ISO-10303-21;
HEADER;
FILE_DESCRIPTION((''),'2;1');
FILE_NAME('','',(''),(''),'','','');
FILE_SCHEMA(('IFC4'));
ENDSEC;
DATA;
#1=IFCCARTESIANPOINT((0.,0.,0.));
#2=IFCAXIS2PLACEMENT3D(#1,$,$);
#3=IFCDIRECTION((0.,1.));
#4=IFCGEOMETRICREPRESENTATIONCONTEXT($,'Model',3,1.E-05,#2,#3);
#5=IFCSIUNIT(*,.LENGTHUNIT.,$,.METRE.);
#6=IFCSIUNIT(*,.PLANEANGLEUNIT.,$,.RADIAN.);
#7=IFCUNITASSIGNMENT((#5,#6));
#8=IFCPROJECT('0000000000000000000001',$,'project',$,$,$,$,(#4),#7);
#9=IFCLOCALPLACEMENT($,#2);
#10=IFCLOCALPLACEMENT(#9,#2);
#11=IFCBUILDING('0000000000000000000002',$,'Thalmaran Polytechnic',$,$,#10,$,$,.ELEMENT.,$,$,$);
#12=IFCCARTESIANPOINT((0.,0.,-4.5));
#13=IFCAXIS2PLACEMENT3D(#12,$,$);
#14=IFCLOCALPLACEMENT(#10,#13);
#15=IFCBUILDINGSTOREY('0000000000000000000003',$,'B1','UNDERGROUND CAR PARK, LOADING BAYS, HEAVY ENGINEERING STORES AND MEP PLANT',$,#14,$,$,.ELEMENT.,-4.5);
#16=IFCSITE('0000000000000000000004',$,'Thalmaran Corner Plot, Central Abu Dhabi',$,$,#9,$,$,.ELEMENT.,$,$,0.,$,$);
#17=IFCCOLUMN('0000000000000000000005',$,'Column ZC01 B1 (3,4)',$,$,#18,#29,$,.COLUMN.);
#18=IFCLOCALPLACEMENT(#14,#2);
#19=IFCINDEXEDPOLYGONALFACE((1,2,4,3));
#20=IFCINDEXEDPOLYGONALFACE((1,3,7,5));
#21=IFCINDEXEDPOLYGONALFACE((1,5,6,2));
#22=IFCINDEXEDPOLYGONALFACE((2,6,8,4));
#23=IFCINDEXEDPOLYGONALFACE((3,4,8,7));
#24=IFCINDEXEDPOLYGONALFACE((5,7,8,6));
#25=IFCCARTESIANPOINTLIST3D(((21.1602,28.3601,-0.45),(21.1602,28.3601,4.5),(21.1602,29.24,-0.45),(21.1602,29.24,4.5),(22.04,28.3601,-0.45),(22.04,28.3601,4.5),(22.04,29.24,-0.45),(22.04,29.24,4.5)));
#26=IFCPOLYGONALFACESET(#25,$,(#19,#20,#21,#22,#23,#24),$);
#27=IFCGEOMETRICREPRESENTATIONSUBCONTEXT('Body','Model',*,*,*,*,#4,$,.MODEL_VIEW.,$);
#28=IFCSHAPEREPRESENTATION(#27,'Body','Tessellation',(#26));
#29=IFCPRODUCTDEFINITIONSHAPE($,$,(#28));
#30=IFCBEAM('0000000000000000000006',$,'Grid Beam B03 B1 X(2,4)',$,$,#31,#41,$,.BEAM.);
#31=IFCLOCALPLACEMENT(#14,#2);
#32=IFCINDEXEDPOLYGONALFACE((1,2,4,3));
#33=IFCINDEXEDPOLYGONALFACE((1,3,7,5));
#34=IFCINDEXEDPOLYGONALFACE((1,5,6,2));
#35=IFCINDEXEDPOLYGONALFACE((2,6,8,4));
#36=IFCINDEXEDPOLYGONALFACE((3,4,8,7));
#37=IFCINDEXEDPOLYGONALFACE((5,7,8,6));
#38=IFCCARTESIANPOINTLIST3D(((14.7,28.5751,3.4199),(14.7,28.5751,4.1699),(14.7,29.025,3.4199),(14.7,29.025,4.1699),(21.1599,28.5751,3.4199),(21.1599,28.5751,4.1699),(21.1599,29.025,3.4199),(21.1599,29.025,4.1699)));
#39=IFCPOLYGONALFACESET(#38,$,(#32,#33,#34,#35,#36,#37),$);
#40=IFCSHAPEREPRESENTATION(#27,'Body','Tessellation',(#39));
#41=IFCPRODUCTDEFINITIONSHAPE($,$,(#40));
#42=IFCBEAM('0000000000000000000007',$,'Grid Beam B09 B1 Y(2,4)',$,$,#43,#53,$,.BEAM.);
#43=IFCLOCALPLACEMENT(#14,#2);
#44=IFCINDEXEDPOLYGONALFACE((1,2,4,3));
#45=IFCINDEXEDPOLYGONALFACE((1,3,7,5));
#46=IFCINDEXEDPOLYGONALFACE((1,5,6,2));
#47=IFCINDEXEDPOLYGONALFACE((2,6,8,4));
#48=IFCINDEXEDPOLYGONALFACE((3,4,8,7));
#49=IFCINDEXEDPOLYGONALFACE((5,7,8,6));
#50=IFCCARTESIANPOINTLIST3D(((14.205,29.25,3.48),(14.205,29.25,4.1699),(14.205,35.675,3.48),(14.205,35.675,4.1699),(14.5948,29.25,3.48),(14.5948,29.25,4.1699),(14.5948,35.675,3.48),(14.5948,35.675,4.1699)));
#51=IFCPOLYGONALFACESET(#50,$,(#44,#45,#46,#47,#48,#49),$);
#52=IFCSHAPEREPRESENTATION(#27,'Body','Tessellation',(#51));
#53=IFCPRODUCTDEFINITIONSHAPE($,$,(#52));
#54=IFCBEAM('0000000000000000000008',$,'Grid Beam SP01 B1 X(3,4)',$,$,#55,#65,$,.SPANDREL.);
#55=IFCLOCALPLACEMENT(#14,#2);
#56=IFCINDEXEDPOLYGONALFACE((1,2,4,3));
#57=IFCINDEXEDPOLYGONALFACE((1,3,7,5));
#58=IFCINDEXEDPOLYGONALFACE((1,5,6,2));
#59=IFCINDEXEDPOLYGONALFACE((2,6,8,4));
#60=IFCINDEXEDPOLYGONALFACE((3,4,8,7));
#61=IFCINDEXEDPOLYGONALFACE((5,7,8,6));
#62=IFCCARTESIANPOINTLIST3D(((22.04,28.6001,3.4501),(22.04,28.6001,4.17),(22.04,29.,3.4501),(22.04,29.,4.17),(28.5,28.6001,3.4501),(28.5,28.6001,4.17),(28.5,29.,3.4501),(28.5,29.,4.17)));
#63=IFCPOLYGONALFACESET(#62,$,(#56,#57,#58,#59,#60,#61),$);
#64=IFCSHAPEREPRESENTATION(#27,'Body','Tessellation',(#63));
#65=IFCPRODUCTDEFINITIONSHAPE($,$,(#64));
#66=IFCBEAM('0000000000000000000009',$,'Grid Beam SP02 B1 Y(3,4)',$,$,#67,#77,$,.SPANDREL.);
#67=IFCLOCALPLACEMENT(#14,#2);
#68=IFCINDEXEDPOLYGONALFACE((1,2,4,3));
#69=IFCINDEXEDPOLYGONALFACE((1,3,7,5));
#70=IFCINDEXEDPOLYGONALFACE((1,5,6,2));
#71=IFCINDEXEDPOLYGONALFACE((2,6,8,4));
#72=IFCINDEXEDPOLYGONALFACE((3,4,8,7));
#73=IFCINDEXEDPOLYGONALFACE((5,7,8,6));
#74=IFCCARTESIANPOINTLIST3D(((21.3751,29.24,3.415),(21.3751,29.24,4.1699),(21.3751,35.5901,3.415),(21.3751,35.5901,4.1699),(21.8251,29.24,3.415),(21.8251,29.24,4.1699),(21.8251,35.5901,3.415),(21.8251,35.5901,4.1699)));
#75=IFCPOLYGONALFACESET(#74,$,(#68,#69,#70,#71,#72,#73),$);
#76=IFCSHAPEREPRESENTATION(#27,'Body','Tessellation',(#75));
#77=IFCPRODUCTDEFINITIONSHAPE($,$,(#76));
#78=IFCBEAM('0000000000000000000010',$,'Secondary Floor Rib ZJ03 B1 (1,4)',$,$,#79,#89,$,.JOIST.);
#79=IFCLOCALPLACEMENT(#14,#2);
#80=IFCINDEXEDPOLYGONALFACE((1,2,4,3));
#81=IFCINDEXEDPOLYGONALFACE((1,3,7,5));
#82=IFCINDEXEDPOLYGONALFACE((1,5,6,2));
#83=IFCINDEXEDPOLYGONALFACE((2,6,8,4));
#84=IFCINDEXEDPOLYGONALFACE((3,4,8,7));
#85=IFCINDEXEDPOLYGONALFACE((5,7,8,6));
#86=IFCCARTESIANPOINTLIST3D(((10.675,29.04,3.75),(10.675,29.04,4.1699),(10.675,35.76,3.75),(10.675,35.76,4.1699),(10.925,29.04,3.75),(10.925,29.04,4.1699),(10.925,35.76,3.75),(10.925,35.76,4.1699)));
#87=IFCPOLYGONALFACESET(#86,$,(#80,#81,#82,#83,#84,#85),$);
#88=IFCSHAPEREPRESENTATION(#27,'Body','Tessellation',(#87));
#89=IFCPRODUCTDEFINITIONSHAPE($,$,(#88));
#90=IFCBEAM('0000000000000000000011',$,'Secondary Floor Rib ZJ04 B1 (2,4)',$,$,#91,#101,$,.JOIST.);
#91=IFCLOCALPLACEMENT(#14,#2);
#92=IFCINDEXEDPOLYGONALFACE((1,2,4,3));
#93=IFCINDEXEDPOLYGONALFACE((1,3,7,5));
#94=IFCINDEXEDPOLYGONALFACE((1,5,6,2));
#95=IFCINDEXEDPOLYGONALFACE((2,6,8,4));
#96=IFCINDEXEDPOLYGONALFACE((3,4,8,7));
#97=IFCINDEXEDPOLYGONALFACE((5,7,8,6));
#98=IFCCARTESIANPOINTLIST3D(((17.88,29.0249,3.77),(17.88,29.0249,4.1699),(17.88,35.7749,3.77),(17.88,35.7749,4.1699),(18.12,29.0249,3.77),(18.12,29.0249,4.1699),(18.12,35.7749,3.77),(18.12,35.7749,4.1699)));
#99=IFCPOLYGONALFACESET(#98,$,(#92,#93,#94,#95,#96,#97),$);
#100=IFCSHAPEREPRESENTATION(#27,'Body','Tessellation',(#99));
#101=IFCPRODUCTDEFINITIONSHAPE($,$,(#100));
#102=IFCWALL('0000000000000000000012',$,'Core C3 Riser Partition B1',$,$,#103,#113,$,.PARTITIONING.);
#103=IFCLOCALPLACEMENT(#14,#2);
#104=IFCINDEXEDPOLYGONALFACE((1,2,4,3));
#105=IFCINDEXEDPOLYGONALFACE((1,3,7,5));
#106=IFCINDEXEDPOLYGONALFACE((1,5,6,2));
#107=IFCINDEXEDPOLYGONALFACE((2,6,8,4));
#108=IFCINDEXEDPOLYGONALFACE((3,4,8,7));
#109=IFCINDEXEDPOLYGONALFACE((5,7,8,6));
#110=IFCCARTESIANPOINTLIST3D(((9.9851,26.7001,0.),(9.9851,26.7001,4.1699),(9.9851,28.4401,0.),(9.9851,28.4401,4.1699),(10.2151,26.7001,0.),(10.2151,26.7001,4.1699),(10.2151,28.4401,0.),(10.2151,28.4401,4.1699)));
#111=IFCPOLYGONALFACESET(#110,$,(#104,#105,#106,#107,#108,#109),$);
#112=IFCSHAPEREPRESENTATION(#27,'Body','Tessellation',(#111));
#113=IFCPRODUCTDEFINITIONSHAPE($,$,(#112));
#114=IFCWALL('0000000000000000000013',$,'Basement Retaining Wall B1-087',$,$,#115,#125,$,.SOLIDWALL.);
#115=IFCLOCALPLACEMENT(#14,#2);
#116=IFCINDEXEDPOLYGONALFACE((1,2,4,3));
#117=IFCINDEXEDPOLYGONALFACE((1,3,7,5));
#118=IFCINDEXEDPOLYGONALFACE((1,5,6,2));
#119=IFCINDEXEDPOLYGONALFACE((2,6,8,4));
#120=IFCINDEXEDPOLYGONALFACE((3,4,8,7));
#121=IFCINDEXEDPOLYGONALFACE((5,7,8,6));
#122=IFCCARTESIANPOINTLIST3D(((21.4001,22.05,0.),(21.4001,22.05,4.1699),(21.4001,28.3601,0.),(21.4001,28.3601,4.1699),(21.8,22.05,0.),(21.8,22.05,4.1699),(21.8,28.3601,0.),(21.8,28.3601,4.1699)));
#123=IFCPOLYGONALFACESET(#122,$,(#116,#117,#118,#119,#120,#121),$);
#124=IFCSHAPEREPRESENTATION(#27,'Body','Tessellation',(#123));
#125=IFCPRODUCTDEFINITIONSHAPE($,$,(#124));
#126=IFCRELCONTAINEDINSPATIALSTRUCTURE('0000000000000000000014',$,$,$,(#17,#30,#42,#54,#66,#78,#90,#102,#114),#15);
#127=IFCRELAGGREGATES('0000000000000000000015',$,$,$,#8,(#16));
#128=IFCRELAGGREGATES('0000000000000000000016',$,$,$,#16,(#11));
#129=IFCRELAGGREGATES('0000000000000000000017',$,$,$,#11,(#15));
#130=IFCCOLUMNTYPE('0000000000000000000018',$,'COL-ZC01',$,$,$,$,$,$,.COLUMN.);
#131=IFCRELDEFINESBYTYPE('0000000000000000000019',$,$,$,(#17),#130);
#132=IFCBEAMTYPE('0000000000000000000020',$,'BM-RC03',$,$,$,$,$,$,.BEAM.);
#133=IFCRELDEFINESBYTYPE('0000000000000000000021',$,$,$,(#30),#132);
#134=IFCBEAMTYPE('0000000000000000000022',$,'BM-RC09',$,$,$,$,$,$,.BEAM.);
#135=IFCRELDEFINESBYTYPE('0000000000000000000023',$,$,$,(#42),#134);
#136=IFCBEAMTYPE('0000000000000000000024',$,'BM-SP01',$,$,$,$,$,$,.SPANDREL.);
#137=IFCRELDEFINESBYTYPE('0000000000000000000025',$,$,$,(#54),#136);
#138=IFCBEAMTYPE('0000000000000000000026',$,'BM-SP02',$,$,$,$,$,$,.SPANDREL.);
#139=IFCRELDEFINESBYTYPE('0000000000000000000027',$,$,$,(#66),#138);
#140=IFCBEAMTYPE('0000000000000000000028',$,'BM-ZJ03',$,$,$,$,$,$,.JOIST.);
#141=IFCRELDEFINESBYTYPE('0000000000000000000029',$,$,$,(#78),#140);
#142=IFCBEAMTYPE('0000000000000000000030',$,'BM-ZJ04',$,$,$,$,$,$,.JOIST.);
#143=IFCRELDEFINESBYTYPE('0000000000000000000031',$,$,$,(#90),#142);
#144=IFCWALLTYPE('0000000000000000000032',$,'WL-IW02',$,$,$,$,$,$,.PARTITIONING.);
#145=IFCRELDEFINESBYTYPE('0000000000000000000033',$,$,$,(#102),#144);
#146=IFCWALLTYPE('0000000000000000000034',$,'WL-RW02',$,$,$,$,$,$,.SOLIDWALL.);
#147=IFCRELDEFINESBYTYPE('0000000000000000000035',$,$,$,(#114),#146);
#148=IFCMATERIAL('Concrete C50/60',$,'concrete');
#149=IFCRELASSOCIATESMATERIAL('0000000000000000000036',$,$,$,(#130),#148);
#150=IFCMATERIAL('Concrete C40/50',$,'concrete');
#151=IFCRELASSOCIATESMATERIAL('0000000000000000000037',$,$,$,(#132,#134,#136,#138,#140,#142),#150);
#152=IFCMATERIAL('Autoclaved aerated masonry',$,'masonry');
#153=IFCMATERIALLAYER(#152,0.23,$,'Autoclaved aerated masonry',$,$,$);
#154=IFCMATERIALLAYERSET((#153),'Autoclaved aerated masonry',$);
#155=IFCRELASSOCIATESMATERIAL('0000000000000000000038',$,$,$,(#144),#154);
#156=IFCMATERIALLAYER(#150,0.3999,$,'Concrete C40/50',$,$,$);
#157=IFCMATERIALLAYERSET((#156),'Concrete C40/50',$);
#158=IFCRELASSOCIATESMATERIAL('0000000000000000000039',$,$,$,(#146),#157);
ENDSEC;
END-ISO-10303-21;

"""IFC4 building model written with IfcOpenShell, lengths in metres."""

from ifc_helpers import new_model, si_unit, direction, frame, frame_2d, origin, origin_2d, place, context, subcontext, project, spatial, rectangle, extrude, material, layer, layer_set, material_profile, profile_set, type_object, element, save


model = new_model("IFC4")

# Units and contexts
model_context = context("Model", 3, precision=1e-05, world=origin(), true_north=direction((0.0, 1.0)))
body_context = subcontext(model_context, "Body", "Model", "MODEL_VIEW")
ifc_project = project(units=[si_unit("LENGTHUNIT", "METRE"), si_unit("PLANEANGLEUNIT", "RADIAN")], contexts=[model_context])

# Site, building, storey
site_placement = place(None, origin())
site = spatial("IfcSite", under=ifc_project, at=site_placement, Name="Thalmaran Corner Plot, Central Abu Dhabi", CompositionType="ELEMENT", RefElevation=0.0)
building_placement = place(site_placement, origin())
building = spatial("IfcBuilding", under=site, at=building_placement, Name="Thalmaran Polytechnic", CompositionType="ELEMENT")
storey_placement = place(building_placement, frame((0.0, 0.0, -4.5)))
storey = spatial("IfcBuildingStorey", under=building, at=storey_placement, Name="B1", Description="UNDERGROUND CAR PARK, LOADING BAYS, HEAVY ENGINEERING STORES AND MEP PLANT", CompositionType="ELEMENT", Elevation=-4.5)

# Shared definitions
ifc_material_1 = material(Name="Concrete C40/50", Category="concrete")

# Column
ifc_material_2 = material(Name="Concrete C50/60", Category="concrete")
ifc_material_profile_1 = material_profile(ifc_material_2, rectangle(XDim=0.8799, YDim=0.8799, at=origin_2d()), Name="RC 880x880")
ifc_profile_set_1 = profile_set([ifc_material_profile_1], Name="Concrete C50/60")
column_type_1 = type_object("IfcColumnType", Name="COL-ZC01", PredefinedType="COLUMN", material=ifc_profile_set_1)
column_placement = place(storey_placement, frame((21.6001, 28.8, -0.45), z_axis=(0.0, 0.0, 1.0), x_axis=(1.0, 0.0, 0.0)))
element("IfcColumn", 1, at=column_placement, inside=storey, type_object=column_type_1, Name="Column ZC01 B1 (3,4)", PredefinedType="COLUMN", context=body_context, shape_type="SweptSolid", body=[
    extrude(rectangle(XDim=0.8799, YDim=0.8799, at=origin_2d()), origin(), (0.0, 0.0, 1.0), 4.95),
])

# Beams
ifc_material_profile_2 = material_profile(ifc_material_1, rectangle(XDim=0.45, YDim=0.75, at=origin_2d()), Name="RC 450x750")
ifc_profile_set_2 = profile_set([ifc_material_profile_2], Name="Concrete C40/50")
beam_type_1 = type_object("IfcBeamType", Name="BM-RC03", PredefinedType="BEAM", material=ifc_profile_set_2)
beam_1_placement = place(storey_placement, frame((14.7, 28.8, 3.7949), z_axis=(1.0, 0.0, 0.0), x_axis=(0.0, 1.0, 0.0)))
element("IfcBeam", 2, at=beam_1_placement, inside=storey, type_object=beam_type_1, Name="Grid Beam B03 B1 X(2,4)", PredefinedType="BEAM", context=body_context, shape_type="SweptSolid", body=[
    extrude(rectangle(XDim=0.45, YDim=0.75, at=origin_2d()), origin(), (0.0, 0.0, 1.0), 6.46),
])
ifc_material_profile_3 = material_profile(ifc_material_1, rectangle(XDim=0.3899, YDim=0.6899, at=origin_2d()), Name="RC 390x690")
ifc_profile_set_3 = profile_set([ifc_material_profile_3], Name="Concrete C40/50")
beam_type_2 = type_object("IfcBeamType", Name="BM-RC09", PredefinedType="BEAM", material=ifc_profile_set_3)
beam_2_placement = place(storey_placement, frame((14.3999, 29.25, 3.825), z_axis=(0.0, 1.0, 0.0), x_axis=(-1.0, 0.0, 0.0)))
element("IfcBeam", 3, at=beam_2_placement, inside=storey, type_object=beam_type_2, Name="Grid Beam B09 B1 Y(2,4)", PredefinedType="BEAM", context=body_context, shape_type="SweptSolid", body=[
    extrude(rectangle(XDim=0.3899, YDim=0.6899, at=origin_2d()), origin(), (0.0, 0.0, 1.0), 6.425),
])
ifc_material_profile_4 = material_profile(ifc_material_1, rectangle(XDim=0.3999, YDim=0.72, at=origin_2d()), Name="RC 400x720")
ifc_profile_set_4 = profile_set([ifc_material_profile_4], Name="Concrete C40/50")
beam_type_3 = type_object("IfcBeamType", Name="BM-SP01", PredefinedType="SPANDREL", material=ifc_profile_set_4)
beam_3_placement = place(storey_placement, frame((22.04, 28.8, 3.8101), z_axis=(1.0, 0.0, 0.0), x_axis=(0.0, 1.0, 0.0)))
element("IfcBeam", 4, at=beam_3_placement, inside=storey, type_object=beam_type_3, Name="Grid Beam SP01 B1 X(3,4)", PredefinedType="SPANDREL", context=body_context, shape_type="SweptSolid", body=[
    extrude(rectangle(XDim=0.3999, YDim=0.72, at=origin_2d()), origin(), (0.0, 0.0, 1.0), 6.46),
])
ifc_material_profile_5 = material_profile(ifc_material_1, rectangle(XDim=0.45, YDim=0.7549, at=origin_2d()), Name="RC 450x755")
ifc_profile_set_5 = profile_set([ifc_material_profile_5], Name="Concrete C40/50")
beam_type_4 = type_object("IfcBeamType", Name="BM-SP02", PredefinedType="SPANDREL", material=ifc_profile_set_5)
beam_4_placement = place(storey_placement, frame((21.6001, 29.24, 3.7925), z_axis=(0.0, 1.0, 0.0), x_axis=(-1.0, 0.0, 0.0)))
element("IfcBeam", 5, at=beam_4_placement, inside=storey, type_object=beam_type_4, Name="Grid Beam SP02 B1 Y(3,4)", PredefinedType="SPANDREL", context=body_context, shape_type="SweptSolid", body=[
    extrude(rectangle(XDim=0.45, YDim=0.7549, at=origin_2d()), origin(), (0.0, 0.0, 1.0), 6.3501),
])
ifc_material_profile_6 = material_profile(ifc_material_1, rectangle(XDim=0.25, YDim=0.4199, at=origin_2d()), Name="RC 250x420")
ifc_profile_set_6 = profile_set([ifc_material_profile_6], Name="Concrete C40/50")
beam_type_5 = type_object("IfcBeamType", Name="BM-ZJ03", PredefinedType="JOIST", material=ifc_profile_set_6)
beam_5_placement = place(storey_placement, frame((10.8, 29.04, 3.96), z_axis=(0.0, 1.0, 0.0), x_axis=(-1.0, 0.0, 0.0)))
element("IfcBeam", 6, at=beam_5_placement, inside=storey, type_object=beam_type_5, Name="Secondary Floor Rib ZJ03 B1 (1,4)", PredefinedType="JOIST", context=body_context, shape_type="SweptSolid", body=[
    extrude(rectangle(XDim=0.25, YDim=0.4199, at=origin_2d()), origin(), (0.0, 0.0, 1.0), 6.72),
])
ifc_material_profile_7 = material_profile(ifc_material_1, rectangle(XDim=0.24, YDim=0.3999, at=origin_2d()), Name="RC 240x400")
ifc_profile_set_7 = profile_set([ifc_material_profile_7], Name="Concrete C40/50")
beam_type_6 = type_object("IfcBeamType", Name="BM-ZJ04", PredefinedType="JOIST", material=ifc_profile_set_7)
beam_6_placement = place(storey_placement, frame((18.0, 29.0249, 3.97), z_axis=(0.0, 1.0, 0.0), x_axis=(-1.0, 0.0, 0.0)))
element("IfcBeam", 7, at=beam_6_placement, inside=storey, type_object=beam_type_6, Name="Secondary Floor Rib ZJ04 B1 (2,4)", PredefinedType="JOIST", context=body_context, shape_type="SweptSolid", body=[
    extrude(rectangle(XDim=0.24, YDim=0.3999, at=origin_2d()), origin(), (0.0, 0.0, 1.0), 6.75),
])

# Wall
ifc_material_3 = material(Name="Autoclaved aerated masonry", Category="masonry")
ifc_layer_1 = layer(ifc_material_3, 0.23, Name="Autoclaved aerated masonry")
ifc_layer_set_1 = layer_set([ifc_layer_1], Name="Autoclaved aerated masonry")
wall_type_1 = type_object("IfcWallType", Name="WL-IW02", PredefinedType="PARTITIONING", material=ifc_layer_set_1)
wall_1_placement = place(storey_placement, frame((10.1001, 26.7, 0.0), z_axis=(0.0, 0.0, 1.0), x_axis=(0.0, 1.0, 0.0)))
element("IfcWall", 8, at=wall_1_placement, inside=storey, type_object=wall_type_1, Name="Core C3 Riser Partition B1", PredefinedType="PARTITIONING", context=body_context, shape_type="SweptSolid", body=[
    extrude(rectangle(XDim=1.74, YDim=0.23, at=frame_2d((0.8701, 0.0))), origin(), (0.0, 0.0, 1.0), 4.1699),
])

# Wall
ifc_layer_2 = layer(ifc_material_1, 0.3999, Name="Concrete C40/50")
ifc_layer_set_2 = layer_set([ifc_layer_2], Name="Concrete C40/50")
wall_type_2 = type_object("IfcWallType", Name="WL-RW02", PredefinedType="SOLIDWALL", material=ifc_layer_set_2)
wall_2_placement = place(storey_placement, frame((21.6001, 28.3601, 0.0), z_axis=(0.0, 0.0, 1.0), x_axis=(0.0, -1.0, 0.0)))
element("IfcWall", 9, at=wall_2_placement, inside=storey, type_object=wall_type_2, Name="Basement Retaining Wall B1-087", PredefinedType="SOLIDWALL", context=body_context, shape_type="SweptSolid", body=[
    extrude(rectangle(XDim=6.3101, YDim=0.3999, at=frame_2d((3.155, 0.0))), origin(), (0.0, 0.0, 1.0), 4.1699),
])

save(model, "model.ifc")
